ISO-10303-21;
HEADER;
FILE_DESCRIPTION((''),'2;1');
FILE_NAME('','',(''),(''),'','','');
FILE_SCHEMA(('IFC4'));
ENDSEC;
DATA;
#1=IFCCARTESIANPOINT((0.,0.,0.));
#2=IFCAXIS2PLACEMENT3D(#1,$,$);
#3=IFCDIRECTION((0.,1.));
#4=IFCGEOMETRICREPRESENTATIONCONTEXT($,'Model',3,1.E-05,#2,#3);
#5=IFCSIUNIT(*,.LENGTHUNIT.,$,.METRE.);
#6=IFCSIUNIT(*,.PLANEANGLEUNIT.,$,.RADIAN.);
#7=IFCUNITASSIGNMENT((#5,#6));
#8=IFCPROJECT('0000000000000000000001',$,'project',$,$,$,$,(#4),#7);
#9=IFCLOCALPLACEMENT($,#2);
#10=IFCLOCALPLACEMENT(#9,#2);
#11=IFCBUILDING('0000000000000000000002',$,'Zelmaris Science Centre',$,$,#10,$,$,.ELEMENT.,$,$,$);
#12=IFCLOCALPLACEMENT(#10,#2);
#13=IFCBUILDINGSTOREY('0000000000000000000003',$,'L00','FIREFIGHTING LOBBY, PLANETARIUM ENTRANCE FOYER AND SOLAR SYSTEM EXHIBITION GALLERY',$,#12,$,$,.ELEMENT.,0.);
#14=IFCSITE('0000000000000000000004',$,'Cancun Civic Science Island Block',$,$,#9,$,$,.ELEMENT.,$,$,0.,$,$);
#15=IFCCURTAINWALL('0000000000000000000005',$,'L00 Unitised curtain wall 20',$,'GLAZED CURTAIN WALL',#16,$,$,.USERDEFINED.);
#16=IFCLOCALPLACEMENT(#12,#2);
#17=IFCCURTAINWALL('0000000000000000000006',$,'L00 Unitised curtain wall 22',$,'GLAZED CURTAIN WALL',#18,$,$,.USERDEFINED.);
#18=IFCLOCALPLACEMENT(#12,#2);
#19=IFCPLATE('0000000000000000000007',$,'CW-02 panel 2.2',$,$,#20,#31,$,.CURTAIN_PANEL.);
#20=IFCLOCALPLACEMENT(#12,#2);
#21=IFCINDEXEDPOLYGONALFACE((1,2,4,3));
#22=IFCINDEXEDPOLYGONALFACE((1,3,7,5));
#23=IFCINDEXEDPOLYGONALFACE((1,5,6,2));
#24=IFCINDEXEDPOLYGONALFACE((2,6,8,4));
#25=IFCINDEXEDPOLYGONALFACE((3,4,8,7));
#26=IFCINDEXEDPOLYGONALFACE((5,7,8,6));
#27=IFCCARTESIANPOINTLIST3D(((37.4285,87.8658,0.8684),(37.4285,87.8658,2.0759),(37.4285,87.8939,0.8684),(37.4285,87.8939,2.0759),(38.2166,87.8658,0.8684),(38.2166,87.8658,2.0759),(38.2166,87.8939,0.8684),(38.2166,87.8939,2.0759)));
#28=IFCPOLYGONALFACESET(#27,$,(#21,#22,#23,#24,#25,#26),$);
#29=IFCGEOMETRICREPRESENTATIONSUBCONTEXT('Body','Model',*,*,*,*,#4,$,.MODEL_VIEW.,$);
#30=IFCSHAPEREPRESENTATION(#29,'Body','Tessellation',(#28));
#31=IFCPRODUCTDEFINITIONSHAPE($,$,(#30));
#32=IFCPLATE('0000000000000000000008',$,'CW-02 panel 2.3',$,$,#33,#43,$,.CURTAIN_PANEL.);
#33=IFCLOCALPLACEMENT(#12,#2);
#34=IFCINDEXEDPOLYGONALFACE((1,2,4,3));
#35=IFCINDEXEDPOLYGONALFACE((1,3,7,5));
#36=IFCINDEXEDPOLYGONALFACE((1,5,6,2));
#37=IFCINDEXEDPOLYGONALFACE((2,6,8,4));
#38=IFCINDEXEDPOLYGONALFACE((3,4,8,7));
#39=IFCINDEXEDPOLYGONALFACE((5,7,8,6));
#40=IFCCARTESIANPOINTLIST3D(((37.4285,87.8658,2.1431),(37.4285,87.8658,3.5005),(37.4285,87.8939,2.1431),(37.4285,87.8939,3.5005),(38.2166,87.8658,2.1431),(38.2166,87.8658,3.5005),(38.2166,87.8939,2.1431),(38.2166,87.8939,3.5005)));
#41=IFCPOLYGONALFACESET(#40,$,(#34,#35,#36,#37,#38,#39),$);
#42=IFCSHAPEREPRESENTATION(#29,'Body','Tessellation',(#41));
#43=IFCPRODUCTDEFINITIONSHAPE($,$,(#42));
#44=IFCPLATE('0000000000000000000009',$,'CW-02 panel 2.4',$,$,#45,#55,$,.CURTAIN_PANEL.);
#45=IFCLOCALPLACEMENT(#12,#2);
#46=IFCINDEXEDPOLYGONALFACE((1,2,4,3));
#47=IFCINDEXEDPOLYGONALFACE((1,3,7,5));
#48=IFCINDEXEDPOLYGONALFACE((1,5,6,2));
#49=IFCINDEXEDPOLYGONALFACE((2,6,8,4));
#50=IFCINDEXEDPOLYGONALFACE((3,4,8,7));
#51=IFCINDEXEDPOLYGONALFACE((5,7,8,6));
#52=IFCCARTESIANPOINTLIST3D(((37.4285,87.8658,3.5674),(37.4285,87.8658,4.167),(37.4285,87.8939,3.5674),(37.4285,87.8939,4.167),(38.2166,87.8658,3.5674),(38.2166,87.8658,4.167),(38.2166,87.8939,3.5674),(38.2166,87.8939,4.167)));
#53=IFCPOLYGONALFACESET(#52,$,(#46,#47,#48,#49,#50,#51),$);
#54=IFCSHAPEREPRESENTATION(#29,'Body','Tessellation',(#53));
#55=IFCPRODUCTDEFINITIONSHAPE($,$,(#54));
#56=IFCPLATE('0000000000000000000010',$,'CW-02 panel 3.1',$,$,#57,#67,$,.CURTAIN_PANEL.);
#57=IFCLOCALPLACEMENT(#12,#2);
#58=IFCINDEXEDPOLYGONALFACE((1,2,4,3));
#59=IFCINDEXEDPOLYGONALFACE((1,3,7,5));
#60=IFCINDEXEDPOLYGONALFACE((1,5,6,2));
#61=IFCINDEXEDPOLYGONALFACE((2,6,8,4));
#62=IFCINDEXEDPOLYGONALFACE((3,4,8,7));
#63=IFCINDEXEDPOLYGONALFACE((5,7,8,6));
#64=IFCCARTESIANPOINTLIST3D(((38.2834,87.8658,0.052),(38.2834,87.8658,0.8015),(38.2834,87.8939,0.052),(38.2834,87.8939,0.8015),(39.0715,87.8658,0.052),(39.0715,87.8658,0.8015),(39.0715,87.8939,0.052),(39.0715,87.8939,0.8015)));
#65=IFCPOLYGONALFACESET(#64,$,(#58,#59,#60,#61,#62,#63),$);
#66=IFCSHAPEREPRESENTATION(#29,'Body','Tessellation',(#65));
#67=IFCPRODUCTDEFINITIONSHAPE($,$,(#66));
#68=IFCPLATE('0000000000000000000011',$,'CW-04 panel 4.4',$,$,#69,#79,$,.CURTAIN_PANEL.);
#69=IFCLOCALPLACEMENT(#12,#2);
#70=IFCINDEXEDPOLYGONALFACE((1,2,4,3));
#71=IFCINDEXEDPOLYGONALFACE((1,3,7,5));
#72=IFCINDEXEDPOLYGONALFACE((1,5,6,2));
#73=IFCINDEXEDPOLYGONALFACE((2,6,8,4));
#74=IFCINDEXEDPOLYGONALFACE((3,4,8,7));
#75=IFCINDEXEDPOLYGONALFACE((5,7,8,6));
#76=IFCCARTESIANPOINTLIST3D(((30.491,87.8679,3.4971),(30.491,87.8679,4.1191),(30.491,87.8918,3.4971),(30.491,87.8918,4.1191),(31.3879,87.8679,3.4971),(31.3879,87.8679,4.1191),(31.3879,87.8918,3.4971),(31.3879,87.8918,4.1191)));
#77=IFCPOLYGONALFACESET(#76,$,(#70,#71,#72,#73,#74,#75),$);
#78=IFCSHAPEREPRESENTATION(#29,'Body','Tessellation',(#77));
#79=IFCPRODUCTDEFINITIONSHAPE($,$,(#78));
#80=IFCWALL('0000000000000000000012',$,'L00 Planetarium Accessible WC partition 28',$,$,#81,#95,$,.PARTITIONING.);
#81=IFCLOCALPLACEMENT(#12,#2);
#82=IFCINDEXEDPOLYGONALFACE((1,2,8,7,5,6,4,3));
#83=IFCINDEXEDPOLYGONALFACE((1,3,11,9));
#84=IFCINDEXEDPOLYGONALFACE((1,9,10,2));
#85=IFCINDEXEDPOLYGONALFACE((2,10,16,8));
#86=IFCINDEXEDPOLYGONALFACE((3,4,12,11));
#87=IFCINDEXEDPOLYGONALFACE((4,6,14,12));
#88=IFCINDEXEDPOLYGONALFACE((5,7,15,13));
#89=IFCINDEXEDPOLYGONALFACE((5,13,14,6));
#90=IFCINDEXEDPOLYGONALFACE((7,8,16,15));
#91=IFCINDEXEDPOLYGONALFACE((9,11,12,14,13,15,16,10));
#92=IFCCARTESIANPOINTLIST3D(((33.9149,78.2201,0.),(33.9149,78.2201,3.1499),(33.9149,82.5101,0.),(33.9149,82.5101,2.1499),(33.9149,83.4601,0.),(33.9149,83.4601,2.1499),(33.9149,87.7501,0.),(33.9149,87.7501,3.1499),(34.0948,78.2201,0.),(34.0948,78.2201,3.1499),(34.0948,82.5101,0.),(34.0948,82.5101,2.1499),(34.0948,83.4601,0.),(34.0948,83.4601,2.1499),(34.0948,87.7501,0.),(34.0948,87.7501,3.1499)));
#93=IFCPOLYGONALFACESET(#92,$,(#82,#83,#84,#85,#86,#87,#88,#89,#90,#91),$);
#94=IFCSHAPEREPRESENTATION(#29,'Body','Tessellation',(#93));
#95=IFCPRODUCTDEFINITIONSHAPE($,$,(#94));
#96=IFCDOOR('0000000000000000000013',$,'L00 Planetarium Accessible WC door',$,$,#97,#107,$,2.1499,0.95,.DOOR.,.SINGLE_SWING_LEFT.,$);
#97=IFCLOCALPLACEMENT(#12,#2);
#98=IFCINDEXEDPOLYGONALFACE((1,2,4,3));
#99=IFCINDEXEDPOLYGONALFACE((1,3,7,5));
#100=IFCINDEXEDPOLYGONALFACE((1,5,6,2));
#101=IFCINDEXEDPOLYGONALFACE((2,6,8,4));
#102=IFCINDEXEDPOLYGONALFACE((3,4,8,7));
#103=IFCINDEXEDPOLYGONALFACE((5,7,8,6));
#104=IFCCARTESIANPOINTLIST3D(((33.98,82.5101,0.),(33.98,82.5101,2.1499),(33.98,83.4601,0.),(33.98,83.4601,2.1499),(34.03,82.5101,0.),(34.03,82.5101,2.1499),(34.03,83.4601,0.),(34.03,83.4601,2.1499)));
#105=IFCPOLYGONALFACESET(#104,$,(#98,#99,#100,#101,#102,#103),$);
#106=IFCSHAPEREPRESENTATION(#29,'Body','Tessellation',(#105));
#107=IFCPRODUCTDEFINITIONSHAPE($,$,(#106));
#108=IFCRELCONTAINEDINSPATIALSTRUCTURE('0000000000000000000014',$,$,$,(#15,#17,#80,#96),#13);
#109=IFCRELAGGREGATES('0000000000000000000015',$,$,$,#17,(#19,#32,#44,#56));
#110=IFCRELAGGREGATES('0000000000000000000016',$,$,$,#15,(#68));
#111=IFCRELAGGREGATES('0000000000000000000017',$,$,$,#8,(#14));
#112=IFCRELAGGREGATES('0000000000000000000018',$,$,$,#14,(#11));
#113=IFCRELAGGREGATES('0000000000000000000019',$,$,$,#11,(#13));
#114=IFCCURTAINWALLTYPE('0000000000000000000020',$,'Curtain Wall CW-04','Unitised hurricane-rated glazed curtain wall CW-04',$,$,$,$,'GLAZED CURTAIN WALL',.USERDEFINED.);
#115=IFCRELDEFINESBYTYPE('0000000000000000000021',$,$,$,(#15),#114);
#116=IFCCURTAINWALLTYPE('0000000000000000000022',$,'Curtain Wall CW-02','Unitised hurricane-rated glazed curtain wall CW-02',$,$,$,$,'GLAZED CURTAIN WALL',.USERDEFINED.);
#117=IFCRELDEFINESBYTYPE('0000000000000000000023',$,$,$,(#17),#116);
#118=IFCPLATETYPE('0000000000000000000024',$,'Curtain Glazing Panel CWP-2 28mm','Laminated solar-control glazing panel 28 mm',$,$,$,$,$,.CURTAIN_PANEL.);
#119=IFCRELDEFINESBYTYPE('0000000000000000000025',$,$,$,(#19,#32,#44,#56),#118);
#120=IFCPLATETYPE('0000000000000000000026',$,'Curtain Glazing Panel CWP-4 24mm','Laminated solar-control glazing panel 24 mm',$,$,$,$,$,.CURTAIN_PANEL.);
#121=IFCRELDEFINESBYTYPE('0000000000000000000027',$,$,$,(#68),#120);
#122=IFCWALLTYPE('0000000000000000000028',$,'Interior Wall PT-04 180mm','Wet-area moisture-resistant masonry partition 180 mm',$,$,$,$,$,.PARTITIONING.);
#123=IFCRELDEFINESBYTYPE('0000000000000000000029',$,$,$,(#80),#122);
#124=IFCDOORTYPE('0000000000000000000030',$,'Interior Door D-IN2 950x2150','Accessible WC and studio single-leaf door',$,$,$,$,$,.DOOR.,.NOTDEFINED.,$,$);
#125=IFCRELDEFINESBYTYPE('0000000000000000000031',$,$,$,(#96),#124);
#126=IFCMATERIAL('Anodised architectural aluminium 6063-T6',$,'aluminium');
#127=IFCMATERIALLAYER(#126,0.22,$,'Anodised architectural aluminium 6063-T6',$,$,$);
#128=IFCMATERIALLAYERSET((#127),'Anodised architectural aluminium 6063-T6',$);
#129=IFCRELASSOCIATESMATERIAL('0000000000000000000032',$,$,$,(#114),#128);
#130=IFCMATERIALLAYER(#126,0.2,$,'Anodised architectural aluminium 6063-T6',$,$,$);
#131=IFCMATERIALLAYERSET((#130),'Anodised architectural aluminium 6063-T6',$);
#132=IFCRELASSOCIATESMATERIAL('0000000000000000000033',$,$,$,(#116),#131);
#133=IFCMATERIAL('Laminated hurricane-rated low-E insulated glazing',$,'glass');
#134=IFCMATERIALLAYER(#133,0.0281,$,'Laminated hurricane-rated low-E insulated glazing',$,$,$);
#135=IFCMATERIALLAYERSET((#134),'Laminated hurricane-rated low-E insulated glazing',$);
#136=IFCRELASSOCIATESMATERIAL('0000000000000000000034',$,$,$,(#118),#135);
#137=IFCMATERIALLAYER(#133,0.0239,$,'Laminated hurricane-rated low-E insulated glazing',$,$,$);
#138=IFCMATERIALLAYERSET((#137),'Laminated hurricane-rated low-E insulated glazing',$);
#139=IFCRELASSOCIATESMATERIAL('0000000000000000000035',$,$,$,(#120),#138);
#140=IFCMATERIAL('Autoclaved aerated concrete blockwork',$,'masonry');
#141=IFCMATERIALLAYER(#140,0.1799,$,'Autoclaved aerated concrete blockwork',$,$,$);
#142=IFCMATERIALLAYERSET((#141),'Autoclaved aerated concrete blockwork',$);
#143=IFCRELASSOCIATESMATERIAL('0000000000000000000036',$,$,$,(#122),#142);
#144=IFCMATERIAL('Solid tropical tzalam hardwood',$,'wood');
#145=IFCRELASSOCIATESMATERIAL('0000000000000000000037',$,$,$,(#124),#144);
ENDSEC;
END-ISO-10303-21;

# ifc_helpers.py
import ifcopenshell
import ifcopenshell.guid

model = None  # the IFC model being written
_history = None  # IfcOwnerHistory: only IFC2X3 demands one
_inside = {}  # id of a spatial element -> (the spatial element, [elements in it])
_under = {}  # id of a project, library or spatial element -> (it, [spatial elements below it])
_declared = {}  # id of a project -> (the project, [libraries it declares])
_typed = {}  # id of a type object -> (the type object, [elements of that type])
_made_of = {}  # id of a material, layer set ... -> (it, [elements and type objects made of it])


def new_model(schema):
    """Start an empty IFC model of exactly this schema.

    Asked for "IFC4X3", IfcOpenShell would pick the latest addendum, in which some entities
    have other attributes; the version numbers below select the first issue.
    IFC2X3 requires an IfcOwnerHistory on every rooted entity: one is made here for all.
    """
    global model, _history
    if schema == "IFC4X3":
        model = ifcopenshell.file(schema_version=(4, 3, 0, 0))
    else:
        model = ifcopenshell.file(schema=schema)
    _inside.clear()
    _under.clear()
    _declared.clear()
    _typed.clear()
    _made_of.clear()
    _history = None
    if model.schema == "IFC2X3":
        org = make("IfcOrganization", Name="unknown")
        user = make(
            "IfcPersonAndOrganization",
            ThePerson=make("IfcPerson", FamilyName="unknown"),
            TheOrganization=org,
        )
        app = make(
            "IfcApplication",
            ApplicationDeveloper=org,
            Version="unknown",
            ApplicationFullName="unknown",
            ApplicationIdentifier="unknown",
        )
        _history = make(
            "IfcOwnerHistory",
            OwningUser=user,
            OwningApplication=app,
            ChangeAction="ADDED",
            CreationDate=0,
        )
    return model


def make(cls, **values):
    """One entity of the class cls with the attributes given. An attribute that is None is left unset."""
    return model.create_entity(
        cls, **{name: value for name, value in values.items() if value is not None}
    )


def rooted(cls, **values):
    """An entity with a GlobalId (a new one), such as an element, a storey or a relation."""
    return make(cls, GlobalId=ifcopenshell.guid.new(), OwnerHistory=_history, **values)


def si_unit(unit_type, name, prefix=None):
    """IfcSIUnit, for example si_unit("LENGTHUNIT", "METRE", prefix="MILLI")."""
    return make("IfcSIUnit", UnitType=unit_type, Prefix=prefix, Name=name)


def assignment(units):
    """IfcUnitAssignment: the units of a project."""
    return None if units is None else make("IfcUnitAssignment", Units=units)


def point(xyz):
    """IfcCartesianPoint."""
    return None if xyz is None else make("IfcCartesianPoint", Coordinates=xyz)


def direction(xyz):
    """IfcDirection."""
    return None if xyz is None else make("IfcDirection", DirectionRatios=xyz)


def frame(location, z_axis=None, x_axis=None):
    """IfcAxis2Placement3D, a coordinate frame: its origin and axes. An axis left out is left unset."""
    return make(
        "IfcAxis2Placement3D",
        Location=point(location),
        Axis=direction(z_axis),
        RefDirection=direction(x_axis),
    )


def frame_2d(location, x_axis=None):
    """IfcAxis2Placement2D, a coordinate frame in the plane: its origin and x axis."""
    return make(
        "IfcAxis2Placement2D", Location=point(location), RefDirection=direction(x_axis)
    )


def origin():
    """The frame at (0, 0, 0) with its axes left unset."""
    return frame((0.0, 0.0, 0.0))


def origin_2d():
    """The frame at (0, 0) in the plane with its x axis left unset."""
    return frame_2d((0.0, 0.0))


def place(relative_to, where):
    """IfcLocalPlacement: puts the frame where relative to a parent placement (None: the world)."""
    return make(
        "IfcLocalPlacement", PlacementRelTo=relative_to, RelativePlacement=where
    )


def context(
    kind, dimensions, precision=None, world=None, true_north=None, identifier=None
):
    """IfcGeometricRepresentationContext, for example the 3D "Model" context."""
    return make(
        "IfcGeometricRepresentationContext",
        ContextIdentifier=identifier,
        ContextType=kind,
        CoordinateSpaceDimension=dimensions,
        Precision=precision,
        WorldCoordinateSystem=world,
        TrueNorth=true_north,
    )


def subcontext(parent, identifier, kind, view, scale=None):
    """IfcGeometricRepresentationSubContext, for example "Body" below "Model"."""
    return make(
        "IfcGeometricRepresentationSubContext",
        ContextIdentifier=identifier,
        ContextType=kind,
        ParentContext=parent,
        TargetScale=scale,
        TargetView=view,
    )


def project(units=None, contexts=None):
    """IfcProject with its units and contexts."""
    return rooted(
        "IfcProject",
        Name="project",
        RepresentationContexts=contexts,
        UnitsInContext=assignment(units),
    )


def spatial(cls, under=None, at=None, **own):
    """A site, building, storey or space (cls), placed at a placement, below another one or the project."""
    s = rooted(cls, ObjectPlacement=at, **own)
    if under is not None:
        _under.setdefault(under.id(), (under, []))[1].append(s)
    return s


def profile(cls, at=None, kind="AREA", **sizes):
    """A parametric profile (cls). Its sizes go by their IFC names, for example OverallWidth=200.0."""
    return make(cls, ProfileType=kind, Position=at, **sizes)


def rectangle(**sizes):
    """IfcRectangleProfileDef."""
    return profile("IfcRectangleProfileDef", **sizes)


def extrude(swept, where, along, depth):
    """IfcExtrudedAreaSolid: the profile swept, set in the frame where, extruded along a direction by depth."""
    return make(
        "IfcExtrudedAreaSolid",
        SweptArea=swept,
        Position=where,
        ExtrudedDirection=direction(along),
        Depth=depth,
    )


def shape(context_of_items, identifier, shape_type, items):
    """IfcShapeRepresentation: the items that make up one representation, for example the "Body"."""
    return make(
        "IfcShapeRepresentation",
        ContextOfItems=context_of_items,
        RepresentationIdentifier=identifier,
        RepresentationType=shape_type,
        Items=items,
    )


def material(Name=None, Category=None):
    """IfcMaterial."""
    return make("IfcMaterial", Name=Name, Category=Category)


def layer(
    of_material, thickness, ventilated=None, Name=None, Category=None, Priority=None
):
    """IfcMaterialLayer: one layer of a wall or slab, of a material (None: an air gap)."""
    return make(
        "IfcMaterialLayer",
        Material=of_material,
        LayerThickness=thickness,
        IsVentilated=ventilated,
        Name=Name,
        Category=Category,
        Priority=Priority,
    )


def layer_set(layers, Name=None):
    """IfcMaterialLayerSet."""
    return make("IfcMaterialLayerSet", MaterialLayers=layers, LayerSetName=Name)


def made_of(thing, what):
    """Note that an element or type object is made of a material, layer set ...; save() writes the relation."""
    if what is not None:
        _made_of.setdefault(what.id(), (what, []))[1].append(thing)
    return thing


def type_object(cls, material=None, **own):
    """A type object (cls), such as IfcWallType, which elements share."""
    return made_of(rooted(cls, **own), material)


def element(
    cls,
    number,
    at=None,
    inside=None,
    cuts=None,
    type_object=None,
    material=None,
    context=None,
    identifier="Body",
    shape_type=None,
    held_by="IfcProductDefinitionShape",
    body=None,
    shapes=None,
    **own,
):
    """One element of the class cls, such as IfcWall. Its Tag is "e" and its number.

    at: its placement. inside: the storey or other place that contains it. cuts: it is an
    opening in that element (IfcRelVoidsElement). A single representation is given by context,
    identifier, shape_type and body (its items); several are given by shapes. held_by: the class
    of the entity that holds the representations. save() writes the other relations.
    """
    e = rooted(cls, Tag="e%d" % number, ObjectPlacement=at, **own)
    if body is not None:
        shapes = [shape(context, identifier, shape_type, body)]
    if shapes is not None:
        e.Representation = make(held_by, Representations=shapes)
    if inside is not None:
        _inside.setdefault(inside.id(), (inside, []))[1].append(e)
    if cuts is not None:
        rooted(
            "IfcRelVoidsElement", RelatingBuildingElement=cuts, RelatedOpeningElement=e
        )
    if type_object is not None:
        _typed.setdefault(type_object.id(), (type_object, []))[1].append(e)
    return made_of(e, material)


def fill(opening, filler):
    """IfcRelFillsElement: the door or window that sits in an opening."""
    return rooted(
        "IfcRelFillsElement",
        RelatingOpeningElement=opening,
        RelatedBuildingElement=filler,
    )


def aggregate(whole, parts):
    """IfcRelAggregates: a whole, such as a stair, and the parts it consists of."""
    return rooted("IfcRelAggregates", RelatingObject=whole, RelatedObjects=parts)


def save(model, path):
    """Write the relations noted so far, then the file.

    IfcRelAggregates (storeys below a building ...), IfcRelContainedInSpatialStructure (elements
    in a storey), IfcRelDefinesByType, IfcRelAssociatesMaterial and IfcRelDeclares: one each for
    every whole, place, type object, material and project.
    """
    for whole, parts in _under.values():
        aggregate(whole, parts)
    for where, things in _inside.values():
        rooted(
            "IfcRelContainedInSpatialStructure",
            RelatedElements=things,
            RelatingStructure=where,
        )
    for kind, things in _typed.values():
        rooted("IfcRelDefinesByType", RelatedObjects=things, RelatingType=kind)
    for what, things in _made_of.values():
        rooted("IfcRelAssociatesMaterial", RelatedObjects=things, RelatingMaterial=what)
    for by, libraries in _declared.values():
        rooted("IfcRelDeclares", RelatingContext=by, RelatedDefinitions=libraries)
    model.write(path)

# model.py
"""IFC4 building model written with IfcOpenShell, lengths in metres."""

from ifc_helpers import new_model, si_unit, direction, frame, frame_2d, origin, origin_2d, place, context, subcontext, project, spatial, rectangle, extrude, material, layer, layer_set, type_object, element, fill, aggregate, save


model = new_model("IFC4")

# Units and contexts
model_context = context("Model", 3, precision=1e-05, world=origin(), true_north=direction((0.0, 1.0)))
body_context = subcontext(model_context, "Body", "Model", "MODEL_VIEW")
ifc_project = project(units=[si_unit("LENGTHUNIT", "METRE"), si_unit("PLANEANGLEUNIT", "RADIAN")], contexts=[model_context])

# Site, building, storey
site_placement = place(None, origin())
site = spatial("IfcSite", under=ifc_project, at=site_placement, Name="Cancun Civic Science Island Block", CompositionType="ELEMENT", RefElevation=0.0)
building_placement = place(site_placement, origin())
building = spatial("IfcBuilding", under=site, at=building_placement, Name="Zelmaris Science Centre", CompositionType="ELEMENT")
storey_placement = place(building_placement, origin())
storey = spatial("IfcBuildingStorey", under=building, at=storey_placement, Name="L00", Description="FIREFIGHTING LOBBY, PLANETARIUM ENTRANCE FOYER AND SOLAR SYSTEM EXHIBITION GALLERY", CompositionType="ELEMENT", Elevation=0.0)

# Curtain wall
ifc_material_1 = material(Name="Anodised architectural aluminium 6063-T6", Category="aluminium")
ifc_layer_1 = layer(ifc_material_1, 0.22, Name="Anodised architectural aluminium 6063-T6")
ifc_layer_set_1 = layer_set([ifc_layer_1], Name="Anodised architectural aluminium 6063-T6")
curtain_wall_type_1 = type_object("IfcCurtainWallType", Name="Curtain Wall CW-04", Description="Unitised hurricane-rated glazed curtain wall CW-04", ElementType="GLAZED CURTAIN WALL", PredefinedType="USERDEFINED", material=ifc_layer_set_1)
curtain_wall_1_placement = place(storey_placement, origin())
curtain_wall_1 = element("IfcCurtainWall", 1, at=curtain_wall_1_placement, inside=storey, type_object=curtain_wall_type_1, Name="L00 Unitised curtain wall 20", ObjectType="GLAZED CURTAIN WALL", PredefinedType="USERDEFINED")

# Curtain wall
ifc_layer_2 = layer(ifc_material_1, 0.2, Name="Anodised architectural aluminium 6063-T6")
ifc_layer_set_2 = layer_set([ifc_layer_2], Name="Anodised architectural aluminium 6063-T6")
curtain_wall_type_2 = type_object("IfcCurtainWallType", Name="Curtain Wall CW-02", Description="Unitised hurricane-rated glazed curtain wall CW-02", ElementType="GLAZED CURTAIN WALL", PredefinedType="USERDEFINED", material=ifc_layer_set_2)
curtain_wall_2_placement = place(storey_placement, origin())
curtain_wall_2 = element("IfcCurtainWall", 2, at=curtain_wall_2_placement, inside=storey, type_object=curtain_wall_type_2, Name="L00 Unitised curtain wall 22", ObjectType="GLAZED CURTAIN WALL", PredefinedType="USERDEFINED")

# Plates
ifc_material_2 = material(Name="Laminated hurricane-rated low-E insulated glazing", Category="glass")
ifc_layer_3 = layer(ifc_material_2, 0.0281, Name="Laminated hurricane-rated low-E insulated glazing")
ifc_layer_set_3 = layer_set([ifc_layer_3], Name="Laminated hurricane-rated low-E insulated glazing")
plate_type_1 = type_object("IfcPlateType", Name="Curtain Glazing Panel CWP-2 28mm", Description="Laminated solar-control glazing panel 28 mm", PredefinedType="CURTAIN_PANEL", material=ifc_layer_set_3)
plate_1_placement = place(storey_placement, frame((37.8225, 87.8799, 0.8684), z_axis=(0.0, 0.0, 1.0), x_axis=(1.0, 0.0, 0.0)))
plate_1 = element("IfcPlate", 3, at=plate_1_placement, type_object=plate_type_1, Name="CW-02 panel 2.2", PredefinedType="CURTAIN_PANEL", context=body_context, shape_type="SweptSolid", body=[
    extrude(rectangle(XDim=0.7881, YDim=0.0281, at=origin_2d()), origin(), (0.0, 0.0, 1.0), 1.2075),
])
plate_2_placement = place(storey_placement, frame((37.8225, 87.8799, 2.1431), z_axis=(0.0, 0.0, 1.0), x_axis=(1.0, 0.0, 0.0)))
plate_2 = element("IfcPlate", 4, at=plate_2_placement, type_object=plate_type_1, Name="CW-02 panel 2.3", PredefinedType="CURTAIN_PANEL", context=body_context, shape_type="SweptSolid", body=[
    extrude(rectangle(XDim=0.7881, YDim=0.0281, at=origin_2d()), origin(), (0.0, 0.0, 1.0), 1.3574),
])
plate_3_placement = place(storey_placement, frame((37.8225, 87.8799, 3.5674), z_axis=(0.0, 0.0, 1.0), x_axis=(1.0, 0.0, 0.0)))
plate_3 = element("IfcPlate", 5, at=plate_3_placement, type_object=plate_type_1, Name="CW-02 panel 2.4", PredefinedType="CURTAIN_PANEL", context=body_context, shape_type="SweptSolid", body=[
    extrude(rectangle(XDim=0.7881, YDim=0.0281, at=origin_2d()), origin(), (0.0, 0.0, 1.0), 0.5996),
])
plate_4_placement = place(storey_placement, frame((38.6775, 87.8799, 0.052), z_axis=(0.0, 0.0, 1.0), x_axis=(1.0, 0.0, 0.0)))
plate_4 = element("IfcPlate", 6, at=plate_4_placement, type_object=plate_type_1, Name="CW-02 panel 3.1", PredefinedType="CURTAIN_PANEL", context=body_context, shape_type="SweptSolid", body=[
    extrude(rectangle(XDim=0.7881, YDim=0.0281, at=origin_2d()), origin(), (0.0, 0.0, 1.0), 0.7495),
])
aggregate(curtain_wall_2, [plate_1, plate_2, plate_3, plate_4])
ifc_layer_4 = layer(ifc_material_2, 0.0239, Name="Laminated hurricane-rated low-E insulated glazing")
ifc_layer_set_4 = layer_set([ifc_layer_4], Name="Laminated hurricane-rated low-E insulated glazing")
plate_type_2 = type_object("IfcPlateType", Name="Curtain Glazing Panel CWP-4 24mm", Description="Laminated solar-control glazing panel 24 mm", PredefinedType="CURTAIN_PANEL", material=ifc_layer_set_4)
plate_5_placement = place(storey_placement, frame((30.9395, 87.8799, 3.4971), z_axis=(0.0, 0.0, 1.0), x_axis=(1.0, 0.0, 0.0)))
plate_5 = element("IfcPlate", 7, at=plate_5_placement, type_object=plate_type_2, Name="CW-04 panel 4.4", PredefinedType="CURTAIN_PANEL", context=body_context, shape_type="SweptSolid", body=[
    extrude(rectangle(XDim=0.897, YDim=0.0239, at=origin_2d()), origin(), (0.0, 0.0, 1.0), 0.6221),
])
aggregate(curtain_wall_1, [plate_5])

# Wall, opening, door
ifc_material_3 = material(Name="Autoclaved aerated concrete blockwork", Category="masonry")
ifc_layer_5 = layer(ifc_material_3, 0.1799, Name="Autoclaved aerated concrete blockwork")
ifc_layer_set_5 = layer_set([ifc_layer_5], Name="Autoclaved aerated concrete blockwork")
wall_type = type_object("IfcWallType", Name="Interior Wall PT-04 180mm", Description="Wet-area moisture-resistant masonry partition 180 mm", PredefinedType="PARTITIONING", material=ifc_layer_set_5)
wall_placement = place(storey_placement, frame((34.0049, 78.22, 0.0), z_axis=(0.0, 0.0, 1.0), x_axis=(0.0, 1.0, 0.0)))
wall = element("IfcWall", 8, at=wall_placement, inside=storey, type_object=wall_type, Name="L00 Planetarium Accessible WC partition 28", PredefinedType="PARTITIONING", context=body_context, shape_type="SweptSolid", body=[
    extrude(rectangle(XDim=9.53, YDim=0.1799, at=frame_2d((4.7651, 0.0))), origin(), (0.0, 0.0, 1.0), 3.1499),
])
opening_placement = place(wall_placement, frame((4.29, 0.0, 0.0)))
opening = element("IfcOpeningElement", 9, at=opening_placement, cuts=wall, PredefinedType="OPENING", context=body_context, shape_type="SweptSolid", body=[
    extrude(rectangle(XDim=0.95, YDim=2.1499, at=frame_2d((0.4751, 1.075))), frame((0.0, 0.0999, 0.0), z_axis=(0.0, -1.0, 0.0), x_axis=(1.0, 0.0, 0.0)), (0.0, 0.0, 1.0), 0.2),
])
ifc_material_4 = material(Name="Solid tropical tzalam hardwood", Category="wood")
door_type = type_object("IfcDoorType", Name="Interior Door D-IN2 950x2150", Description="Accessible WC and studio single-leaf door", OperationType="NOTDEFINED", PredefinedType="DOOR", material=ifc_material_4)
door_placement = place(opening_placement, origin())
door = element("IfcDoor", 10, at=door_placement, inside=storey, type_object=door_type, Name="L00 Planetarium Accessible WC door", OperationType="SINGLE_SWING_LEFT", OverallHeight=2.1499, OverallWidth=0.95, PredefinedType="DOOR", context=body_context, shape_type="SweptSolid", body=[
    extrude(rectangle(XDim=0.95, YDim=2.1499, at=frame_2d((0.4751, 1.075))), frame((0.0, 0.0249, 0.0), z_axis=(0.0, -1.0, 0.0), x_axis=(1.0, 0.0, 0.0)), (0.0, 0.0, 1.0), 0.05),
])
fill(opening, door)

save(model, "model.ifc")
